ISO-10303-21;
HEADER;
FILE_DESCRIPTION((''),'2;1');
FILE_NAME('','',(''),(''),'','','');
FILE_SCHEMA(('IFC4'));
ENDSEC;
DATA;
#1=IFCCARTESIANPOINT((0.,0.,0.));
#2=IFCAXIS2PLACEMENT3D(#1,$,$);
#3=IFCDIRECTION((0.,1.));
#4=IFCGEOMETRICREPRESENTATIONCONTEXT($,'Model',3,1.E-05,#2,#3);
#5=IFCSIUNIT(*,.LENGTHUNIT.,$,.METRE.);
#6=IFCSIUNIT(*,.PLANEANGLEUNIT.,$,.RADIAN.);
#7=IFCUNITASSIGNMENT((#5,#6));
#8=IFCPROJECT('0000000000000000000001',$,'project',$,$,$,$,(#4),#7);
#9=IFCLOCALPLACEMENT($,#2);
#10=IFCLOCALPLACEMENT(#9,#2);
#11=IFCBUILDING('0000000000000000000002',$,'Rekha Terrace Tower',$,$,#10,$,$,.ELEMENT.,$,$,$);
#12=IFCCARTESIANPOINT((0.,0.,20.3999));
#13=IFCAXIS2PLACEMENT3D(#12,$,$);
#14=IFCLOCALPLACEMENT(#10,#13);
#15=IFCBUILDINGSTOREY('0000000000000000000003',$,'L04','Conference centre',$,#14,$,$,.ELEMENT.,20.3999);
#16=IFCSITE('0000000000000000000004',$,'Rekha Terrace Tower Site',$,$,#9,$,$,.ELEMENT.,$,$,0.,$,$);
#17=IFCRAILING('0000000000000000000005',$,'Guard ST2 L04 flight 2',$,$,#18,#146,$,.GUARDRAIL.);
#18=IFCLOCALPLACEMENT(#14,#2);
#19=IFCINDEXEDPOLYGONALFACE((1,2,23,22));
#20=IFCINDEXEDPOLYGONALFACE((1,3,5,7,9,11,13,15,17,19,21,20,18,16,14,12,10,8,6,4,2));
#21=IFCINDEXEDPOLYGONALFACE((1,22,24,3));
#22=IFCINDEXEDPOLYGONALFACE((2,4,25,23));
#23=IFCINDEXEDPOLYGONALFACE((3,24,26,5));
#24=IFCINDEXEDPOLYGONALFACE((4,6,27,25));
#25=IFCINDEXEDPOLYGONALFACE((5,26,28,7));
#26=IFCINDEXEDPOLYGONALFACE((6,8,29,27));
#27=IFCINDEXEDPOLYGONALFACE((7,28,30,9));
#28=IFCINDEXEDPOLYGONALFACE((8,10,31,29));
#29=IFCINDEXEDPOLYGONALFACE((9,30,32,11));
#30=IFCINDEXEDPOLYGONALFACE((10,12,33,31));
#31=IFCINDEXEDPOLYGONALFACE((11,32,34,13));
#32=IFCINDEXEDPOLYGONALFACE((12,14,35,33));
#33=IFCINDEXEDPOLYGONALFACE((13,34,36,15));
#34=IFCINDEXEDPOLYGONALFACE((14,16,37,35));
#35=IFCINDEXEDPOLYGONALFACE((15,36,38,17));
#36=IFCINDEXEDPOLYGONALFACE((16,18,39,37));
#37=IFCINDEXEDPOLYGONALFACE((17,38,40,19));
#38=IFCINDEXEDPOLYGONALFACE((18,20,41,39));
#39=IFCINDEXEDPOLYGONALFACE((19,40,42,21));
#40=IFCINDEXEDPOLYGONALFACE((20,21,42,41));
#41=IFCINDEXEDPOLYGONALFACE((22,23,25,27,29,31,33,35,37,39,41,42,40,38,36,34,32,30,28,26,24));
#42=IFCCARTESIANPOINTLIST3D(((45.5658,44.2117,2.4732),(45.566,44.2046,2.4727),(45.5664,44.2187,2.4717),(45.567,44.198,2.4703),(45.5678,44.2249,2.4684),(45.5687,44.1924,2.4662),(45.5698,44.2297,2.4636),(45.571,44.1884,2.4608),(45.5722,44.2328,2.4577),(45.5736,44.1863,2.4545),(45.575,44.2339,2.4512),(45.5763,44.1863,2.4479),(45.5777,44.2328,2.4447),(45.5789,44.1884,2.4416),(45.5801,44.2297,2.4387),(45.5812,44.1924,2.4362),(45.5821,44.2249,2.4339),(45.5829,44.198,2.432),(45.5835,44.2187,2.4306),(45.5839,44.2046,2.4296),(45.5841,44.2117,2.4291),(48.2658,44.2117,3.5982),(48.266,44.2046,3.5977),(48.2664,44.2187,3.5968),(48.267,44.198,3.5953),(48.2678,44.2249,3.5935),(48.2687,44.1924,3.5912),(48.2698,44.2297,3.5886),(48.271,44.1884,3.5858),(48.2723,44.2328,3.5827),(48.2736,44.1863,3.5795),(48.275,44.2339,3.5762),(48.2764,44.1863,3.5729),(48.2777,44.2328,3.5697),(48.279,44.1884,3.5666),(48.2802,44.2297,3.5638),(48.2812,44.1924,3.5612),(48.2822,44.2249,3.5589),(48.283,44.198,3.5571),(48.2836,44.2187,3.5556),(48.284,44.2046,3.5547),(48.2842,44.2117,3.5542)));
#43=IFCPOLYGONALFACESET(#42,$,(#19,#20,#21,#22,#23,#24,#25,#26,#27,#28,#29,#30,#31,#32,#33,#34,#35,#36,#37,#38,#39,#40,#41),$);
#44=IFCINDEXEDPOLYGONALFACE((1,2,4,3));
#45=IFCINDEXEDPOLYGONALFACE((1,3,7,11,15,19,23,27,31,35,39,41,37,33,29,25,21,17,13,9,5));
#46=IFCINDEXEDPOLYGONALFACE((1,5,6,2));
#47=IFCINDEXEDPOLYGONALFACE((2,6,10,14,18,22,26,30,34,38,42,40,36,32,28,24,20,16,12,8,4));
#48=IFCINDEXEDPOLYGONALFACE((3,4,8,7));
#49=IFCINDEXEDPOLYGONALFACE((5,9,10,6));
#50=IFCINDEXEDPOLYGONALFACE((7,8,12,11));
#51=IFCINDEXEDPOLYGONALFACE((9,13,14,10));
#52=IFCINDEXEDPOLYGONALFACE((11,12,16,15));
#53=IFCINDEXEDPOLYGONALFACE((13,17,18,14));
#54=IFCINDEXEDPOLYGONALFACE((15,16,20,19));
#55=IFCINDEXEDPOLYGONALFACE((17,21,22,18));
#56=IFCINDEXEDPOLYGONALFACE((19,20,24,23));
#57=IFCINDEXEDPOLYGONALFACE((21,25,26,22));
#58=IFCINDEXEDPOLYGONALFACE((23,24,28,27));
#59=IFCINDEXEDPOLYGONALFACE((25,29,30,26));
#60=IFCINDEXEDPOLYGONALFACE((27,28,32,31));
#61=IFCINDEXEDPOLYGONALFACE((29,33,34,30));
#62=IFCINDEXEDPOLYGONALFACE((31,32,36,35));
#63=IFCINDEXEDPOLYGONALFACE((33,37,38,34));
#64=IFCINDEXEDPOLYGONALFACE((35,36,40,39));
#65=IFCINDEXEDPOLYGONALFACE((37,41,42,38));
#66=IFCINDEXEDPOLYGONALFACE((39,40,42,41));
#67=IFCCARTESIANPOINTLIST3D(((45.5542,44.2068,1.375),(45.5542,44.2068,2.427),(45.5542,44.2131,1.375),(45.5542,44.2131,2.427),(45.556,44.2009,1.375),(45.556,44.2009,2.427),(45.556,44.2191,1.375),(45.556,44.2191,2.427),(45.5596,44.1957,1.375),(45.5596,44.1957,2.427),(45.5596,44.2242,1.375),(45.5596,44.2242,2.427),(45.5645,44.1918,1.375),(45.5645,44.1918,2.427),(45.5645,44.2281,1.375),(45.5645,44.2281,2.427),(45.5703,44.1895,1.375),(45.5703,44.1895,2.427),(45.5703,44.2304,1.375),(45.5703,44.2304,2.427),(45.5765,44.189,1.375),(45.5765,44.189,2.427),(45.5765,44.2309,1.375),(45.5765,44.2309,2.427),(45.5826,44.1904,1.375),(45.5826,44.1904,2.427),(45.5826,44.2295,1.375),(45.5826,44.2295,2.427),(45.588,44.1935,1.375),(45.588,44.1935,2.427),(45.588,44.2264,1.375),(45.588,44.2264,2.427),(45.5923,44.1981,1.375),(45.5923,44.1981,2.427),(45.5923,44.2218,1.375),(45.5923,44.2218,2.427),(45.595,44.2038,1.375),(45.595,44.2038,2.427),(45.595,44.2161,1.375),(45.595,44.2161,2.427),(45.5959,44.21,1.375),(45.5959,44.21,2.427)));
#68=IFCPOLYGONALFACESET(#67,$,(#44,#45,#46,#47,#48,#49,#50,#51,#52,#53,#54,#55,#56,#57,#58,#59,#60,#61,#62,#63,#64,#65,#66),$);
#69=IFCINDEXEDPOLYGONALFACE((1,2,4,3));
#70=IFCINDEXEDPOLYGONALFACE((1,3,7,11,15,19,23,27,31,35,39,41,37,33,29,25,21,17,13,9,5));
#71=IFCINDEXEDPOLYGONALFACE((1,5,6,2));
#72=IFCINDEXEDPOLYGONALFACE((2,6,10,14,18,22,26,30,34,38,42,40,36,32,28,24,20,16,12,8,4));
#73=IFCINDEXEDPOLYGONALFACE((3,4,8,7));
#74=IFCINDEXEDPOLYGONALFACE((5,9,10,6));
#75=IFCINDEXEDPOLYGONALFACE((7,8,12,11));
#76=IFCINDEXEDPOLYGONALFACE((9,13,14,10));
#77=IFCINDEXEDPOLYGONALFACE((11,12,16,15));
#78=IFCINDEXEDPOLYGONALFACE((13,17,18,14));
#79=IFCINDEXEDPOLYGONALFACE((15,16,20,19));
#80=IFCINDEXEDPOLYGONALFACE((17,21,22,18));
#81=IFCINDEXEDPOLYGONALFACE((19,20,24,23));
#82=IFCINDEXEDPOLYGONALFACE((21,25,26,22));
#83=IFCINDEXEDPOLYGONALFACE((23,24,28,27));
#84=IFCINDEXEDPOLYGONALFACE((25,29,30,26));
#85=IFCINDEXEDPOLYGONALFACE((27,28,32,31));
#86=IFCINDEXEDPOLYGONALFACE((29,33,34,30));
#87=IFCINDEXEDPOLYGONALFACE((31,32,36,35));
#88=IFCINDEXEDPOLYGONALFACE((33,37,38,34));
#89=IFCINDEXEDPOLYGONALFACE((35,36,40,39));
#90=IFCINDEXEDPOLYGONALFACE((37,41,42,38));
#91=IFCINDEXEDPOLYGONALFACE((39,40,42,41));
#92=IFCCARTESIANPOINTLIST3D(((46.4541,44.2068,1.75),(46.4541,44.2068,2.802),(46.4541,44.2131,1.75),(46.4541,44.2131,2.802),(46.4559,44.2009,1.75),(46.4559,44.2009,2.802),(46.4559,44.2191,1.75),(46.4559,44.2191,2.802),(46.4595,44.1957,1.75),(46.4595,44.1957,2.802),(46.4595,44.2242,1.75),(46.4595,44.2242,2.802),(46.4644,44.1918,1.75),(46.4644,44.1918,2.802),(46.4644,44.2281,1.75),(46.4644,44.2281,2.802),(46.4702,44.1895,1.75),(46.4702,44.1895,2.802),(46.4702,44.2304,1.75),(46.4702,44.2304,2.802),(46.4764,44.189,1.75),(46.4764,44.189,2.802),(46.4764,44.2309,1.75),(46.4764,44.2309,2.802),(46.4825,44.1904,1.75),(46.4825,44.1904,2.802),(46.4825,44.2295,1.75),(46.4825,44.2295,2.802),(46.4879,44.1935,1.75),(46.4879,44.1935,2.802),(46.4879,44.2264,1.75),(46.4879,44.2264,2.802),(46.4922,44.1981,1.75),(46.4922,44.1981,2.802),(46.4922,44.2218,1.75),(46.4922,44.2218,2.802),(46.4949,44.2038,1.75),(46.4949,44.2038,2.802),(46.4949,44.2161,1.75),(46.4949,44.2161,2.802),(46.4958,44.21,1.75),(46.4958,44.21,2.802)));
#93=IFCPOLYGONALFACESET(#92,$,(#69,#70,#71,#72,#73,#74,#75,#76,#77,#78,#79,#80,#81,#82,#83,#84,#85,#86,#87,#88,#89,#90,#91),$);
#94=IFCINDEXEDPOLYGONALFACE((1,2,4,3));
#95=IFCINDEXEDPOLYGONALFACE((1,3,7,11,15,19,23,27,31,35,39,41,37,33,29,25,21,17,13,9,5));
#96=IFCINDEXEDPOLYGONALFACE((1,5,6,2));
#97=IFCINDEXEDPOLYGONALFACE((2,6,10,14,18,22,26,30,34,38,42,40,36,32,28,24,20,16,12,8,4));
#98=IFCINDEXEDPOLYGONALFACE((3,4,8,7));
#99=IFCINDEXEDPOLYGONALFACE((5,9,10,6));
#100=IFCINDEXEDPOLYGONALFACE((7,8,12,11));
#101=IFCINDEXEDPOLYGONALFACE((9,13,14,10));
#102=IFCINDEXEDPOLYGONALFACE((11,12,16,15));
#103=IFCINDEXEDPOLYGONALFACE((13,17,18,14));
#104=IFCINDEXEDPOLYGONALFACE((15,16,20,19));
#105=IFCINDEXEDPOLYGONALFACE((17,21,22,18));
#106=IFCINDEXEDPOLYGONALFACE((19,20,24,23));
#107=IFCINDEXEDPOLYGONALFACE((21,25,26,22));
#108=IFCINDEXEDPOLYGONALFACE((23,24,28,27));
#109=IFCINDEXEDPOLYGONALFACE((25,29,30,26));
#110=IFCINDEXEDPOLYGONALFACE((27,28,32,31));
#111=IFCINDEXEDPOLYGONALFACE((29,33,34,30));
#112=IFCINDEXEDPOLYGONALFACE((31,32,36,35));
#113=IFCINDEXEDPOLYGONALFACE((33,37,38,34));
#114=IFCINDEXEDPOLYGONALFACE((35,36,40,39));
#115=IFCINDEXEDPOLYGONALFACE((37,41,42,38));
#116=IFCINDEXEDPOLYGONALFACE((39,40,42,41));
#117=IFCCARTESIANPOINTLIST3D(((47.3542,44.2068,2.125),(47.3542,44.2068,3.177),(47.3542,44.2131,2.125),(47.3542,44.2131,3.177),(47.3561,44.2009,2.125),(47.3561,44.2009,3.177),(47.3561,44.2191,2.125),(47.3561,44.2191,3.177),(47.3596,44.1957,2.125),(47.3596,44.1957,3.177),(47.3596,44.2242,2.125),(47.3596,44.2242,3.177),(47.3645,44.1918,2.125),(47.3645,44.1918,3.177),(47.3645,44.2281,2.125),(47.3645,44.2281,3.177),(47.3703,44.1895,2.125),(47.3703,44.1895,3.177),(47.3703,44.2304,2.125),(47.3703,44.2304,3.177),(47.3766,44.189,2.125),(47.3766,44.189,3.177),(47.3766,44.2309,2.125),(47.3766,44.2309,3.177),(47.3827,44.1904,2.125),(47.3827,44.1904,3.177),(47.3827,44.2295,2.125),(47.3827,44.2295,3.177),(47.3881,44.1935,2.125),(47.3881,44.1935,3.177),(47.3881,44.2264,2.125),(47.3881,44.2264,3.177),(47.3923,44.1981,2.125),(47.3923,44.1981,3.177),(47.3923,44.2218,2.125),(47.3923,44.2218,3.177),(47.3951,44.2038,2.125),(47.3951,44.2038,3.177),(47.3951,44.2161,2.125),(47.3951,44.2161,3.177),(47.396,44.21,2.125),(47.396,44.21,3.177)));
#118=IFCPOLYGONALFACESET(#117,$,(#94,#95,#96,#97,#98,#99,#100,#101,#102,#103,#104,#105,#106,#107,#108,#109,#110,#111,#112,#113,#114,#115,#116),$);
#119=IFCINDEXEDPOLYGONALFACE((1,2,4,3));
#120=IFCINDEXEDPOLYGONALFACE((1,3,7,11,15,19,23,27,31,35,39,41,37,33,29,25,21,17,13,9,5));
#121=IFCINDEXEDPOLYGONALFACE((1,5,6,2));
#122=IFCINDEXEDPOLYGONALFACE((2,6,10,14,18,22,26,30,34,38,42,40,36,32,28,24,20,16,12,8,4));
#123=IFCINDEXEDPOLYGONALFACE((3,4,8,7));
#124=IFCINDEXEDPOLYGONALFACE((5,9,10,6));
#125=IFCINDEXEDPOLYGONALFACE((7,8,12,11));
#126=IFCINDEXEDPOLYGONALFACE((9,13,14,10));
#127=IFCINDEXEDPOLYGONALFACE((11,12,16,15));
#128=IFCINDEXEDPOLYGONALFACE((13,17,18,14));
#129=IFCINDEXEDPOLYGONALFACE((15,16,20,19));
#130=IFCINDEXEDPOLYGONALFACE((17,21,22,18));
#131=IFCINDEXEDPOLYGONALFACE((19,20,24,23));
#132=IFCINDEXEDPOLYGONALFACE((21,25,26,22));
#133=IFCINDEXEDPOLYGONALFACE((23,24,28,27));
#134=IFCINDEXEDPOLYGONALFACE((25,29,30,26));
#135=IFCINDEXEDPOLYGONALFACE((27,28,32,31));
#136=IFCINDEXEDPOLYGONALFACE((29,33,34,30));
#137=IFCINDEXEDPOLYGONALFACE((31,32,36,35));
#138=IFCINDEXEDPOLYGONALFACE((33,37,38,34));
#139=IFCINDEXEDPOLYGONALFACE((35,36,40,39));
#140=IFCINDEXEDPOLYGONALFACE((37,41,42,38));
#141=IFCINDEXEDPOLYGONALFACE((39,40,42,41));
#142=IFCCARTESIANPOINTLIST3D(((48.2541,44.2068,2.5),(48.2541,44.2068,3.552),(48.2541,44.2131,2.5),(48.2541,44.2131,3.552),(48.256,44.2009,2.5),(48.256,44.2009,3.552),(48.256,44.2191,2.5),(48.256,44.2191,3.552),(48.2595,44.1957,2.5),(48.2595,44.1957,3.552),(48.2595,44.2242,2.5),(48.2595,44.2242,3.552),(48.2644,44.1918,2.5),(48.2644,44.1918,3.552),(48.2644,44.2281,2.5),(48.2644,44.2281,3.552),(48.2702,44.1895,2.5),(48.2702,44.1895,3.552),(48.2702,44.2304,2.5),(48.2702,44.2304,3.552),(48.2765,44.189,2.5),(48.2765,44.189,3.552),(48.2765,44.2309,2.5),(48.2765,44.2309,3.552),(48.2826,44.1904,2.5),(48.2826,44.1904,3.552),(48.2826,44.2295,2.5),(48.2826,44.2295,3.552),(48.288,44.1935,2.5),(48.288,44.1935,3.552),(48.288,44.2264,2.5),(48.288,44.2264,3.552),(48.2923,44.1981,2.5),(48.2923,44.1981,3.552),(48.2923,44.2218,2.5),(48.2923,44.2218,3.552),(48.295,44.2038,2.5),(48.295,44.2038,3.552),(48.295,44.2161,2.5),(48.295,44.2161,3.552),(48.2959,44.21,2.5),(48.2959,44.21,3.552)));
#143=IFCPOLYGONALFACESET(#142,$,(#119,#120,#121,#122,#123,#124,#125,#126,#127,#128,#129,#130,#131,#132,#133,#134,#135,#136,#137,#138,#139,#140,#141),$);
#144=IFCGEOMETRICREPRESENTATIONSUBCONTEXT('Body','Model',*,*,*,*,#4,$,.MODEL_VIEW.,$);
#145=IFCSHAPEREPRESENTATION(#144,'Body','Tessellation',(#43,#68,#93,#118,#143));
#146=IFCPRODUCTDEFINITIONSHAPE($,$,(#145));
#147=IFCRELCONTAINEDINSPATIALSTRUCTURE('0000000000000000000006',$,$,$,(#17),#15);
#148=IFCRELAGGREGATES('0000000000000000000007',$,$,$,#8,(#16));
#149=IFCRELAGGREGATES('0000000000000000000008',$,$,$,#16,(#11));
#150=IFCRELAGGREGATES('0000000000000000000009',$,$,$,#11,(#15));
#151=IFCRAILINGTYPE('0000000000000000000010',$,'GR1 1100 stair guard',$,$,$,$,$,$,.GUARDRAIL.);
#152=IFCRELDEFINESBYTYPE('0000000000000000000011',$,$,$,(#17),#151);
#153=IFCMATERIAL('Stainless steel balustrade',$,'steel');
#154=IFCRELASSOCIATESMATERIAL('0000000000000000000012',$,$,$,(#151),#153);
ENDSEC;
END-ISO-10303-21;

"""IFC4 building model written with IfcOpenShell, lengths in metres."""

from ifc_helpers import new_model, si_unit, direction, frame, origin, origin_2d, place, context, subcontext, project, spatial, circle, extrude, material, type_object, element, save


model = new_model("IFC4")

# Units and contexts
model_context = context("Model", 3, precision=1e-05, world=origin(), true_north=direction((0.0, 1.0)))
body_context = subcontext(model_context, "Body", "Model", "MODEL_VIEW")
ifc_project = project(units=[si_unit("LENGTHUNIT", "METRE"), si_unit("PLANEANGLEUNIT", "RADIAN")], contexts=[model_context])

# Site, building, storey
site_placement = place(None, origin())
site = spatial("IfcSite", under=ifc_project, at=site_placement, Name="Rekha Terrace Tower Site", CompositionType="ELEMENT", RefElevation=0.0)
building_placement = place(site_placement, origin())
building = spatial("IfcBuilding", under=site, at=building_placement, Name="Rekha Terrace Tower", CompositionType="ELEMENT")
storey_placement = place(building_placement, frame((0.0, 0.0, 20.3999)))
storey = spatial("IfcBuildingStorey", under=building, at=storey_placement, Name="L04", Description="Conference centre", CompositionType="ELEMENT", Elevation=20.3999)

# Railing
ifc_material_1 = material(Name="Stainless steel balustrade", Category="steel")
railing_type_1 = type_object("IfcRailingType", Name="GR1 1100 stair guard", PredefinedType="GUARDRAIL", material=ifc_material_1)
railing_1_placement = place(storey_placement, frame((45.575, 44.21, 1.375)))
element("IfcRailing", 1, at=railing_1_placement, inside=storey, type_object=railing_type_1, Name="Guard ST2 L04 flight 2", PredefinedType="GUARDRAIL", context=body_context, shape_type="SweptSolid", body=[
    extrude(circle(Radius=0.0239, at=origin_2d()), frame((0.0, 0.0, 1.0762), z_axis=(0.923074, 0.0, 0.384621), x_axis=(0.0, 1.0, 0.0)), (0.0, 0.0, 1.0), 2.925),
    extrude(circle(Radius=0.021, at=origin_2d()), origin(), (0.0, 0.0, 1.0), 1.052),
    extrude(circle(Radius=0.021, at=origin_2d()), frame((0.8999, 0.0, 0.375)), (0.0, 0.0, 1.0), 1.052),
    extrude(circle(Radius=0.021, at=origin_2d()), frame((1.8, 0.0, 0.75)), (0.0, 0.0, 1.0), 1.052),
    extrude(circle(Radius=0.021, at=origin_2d()), frame((2.7, 0.0, 1.125)), (0.0, 0.0, 1.0), 1.052),
])

save(model, "model.ifc")
